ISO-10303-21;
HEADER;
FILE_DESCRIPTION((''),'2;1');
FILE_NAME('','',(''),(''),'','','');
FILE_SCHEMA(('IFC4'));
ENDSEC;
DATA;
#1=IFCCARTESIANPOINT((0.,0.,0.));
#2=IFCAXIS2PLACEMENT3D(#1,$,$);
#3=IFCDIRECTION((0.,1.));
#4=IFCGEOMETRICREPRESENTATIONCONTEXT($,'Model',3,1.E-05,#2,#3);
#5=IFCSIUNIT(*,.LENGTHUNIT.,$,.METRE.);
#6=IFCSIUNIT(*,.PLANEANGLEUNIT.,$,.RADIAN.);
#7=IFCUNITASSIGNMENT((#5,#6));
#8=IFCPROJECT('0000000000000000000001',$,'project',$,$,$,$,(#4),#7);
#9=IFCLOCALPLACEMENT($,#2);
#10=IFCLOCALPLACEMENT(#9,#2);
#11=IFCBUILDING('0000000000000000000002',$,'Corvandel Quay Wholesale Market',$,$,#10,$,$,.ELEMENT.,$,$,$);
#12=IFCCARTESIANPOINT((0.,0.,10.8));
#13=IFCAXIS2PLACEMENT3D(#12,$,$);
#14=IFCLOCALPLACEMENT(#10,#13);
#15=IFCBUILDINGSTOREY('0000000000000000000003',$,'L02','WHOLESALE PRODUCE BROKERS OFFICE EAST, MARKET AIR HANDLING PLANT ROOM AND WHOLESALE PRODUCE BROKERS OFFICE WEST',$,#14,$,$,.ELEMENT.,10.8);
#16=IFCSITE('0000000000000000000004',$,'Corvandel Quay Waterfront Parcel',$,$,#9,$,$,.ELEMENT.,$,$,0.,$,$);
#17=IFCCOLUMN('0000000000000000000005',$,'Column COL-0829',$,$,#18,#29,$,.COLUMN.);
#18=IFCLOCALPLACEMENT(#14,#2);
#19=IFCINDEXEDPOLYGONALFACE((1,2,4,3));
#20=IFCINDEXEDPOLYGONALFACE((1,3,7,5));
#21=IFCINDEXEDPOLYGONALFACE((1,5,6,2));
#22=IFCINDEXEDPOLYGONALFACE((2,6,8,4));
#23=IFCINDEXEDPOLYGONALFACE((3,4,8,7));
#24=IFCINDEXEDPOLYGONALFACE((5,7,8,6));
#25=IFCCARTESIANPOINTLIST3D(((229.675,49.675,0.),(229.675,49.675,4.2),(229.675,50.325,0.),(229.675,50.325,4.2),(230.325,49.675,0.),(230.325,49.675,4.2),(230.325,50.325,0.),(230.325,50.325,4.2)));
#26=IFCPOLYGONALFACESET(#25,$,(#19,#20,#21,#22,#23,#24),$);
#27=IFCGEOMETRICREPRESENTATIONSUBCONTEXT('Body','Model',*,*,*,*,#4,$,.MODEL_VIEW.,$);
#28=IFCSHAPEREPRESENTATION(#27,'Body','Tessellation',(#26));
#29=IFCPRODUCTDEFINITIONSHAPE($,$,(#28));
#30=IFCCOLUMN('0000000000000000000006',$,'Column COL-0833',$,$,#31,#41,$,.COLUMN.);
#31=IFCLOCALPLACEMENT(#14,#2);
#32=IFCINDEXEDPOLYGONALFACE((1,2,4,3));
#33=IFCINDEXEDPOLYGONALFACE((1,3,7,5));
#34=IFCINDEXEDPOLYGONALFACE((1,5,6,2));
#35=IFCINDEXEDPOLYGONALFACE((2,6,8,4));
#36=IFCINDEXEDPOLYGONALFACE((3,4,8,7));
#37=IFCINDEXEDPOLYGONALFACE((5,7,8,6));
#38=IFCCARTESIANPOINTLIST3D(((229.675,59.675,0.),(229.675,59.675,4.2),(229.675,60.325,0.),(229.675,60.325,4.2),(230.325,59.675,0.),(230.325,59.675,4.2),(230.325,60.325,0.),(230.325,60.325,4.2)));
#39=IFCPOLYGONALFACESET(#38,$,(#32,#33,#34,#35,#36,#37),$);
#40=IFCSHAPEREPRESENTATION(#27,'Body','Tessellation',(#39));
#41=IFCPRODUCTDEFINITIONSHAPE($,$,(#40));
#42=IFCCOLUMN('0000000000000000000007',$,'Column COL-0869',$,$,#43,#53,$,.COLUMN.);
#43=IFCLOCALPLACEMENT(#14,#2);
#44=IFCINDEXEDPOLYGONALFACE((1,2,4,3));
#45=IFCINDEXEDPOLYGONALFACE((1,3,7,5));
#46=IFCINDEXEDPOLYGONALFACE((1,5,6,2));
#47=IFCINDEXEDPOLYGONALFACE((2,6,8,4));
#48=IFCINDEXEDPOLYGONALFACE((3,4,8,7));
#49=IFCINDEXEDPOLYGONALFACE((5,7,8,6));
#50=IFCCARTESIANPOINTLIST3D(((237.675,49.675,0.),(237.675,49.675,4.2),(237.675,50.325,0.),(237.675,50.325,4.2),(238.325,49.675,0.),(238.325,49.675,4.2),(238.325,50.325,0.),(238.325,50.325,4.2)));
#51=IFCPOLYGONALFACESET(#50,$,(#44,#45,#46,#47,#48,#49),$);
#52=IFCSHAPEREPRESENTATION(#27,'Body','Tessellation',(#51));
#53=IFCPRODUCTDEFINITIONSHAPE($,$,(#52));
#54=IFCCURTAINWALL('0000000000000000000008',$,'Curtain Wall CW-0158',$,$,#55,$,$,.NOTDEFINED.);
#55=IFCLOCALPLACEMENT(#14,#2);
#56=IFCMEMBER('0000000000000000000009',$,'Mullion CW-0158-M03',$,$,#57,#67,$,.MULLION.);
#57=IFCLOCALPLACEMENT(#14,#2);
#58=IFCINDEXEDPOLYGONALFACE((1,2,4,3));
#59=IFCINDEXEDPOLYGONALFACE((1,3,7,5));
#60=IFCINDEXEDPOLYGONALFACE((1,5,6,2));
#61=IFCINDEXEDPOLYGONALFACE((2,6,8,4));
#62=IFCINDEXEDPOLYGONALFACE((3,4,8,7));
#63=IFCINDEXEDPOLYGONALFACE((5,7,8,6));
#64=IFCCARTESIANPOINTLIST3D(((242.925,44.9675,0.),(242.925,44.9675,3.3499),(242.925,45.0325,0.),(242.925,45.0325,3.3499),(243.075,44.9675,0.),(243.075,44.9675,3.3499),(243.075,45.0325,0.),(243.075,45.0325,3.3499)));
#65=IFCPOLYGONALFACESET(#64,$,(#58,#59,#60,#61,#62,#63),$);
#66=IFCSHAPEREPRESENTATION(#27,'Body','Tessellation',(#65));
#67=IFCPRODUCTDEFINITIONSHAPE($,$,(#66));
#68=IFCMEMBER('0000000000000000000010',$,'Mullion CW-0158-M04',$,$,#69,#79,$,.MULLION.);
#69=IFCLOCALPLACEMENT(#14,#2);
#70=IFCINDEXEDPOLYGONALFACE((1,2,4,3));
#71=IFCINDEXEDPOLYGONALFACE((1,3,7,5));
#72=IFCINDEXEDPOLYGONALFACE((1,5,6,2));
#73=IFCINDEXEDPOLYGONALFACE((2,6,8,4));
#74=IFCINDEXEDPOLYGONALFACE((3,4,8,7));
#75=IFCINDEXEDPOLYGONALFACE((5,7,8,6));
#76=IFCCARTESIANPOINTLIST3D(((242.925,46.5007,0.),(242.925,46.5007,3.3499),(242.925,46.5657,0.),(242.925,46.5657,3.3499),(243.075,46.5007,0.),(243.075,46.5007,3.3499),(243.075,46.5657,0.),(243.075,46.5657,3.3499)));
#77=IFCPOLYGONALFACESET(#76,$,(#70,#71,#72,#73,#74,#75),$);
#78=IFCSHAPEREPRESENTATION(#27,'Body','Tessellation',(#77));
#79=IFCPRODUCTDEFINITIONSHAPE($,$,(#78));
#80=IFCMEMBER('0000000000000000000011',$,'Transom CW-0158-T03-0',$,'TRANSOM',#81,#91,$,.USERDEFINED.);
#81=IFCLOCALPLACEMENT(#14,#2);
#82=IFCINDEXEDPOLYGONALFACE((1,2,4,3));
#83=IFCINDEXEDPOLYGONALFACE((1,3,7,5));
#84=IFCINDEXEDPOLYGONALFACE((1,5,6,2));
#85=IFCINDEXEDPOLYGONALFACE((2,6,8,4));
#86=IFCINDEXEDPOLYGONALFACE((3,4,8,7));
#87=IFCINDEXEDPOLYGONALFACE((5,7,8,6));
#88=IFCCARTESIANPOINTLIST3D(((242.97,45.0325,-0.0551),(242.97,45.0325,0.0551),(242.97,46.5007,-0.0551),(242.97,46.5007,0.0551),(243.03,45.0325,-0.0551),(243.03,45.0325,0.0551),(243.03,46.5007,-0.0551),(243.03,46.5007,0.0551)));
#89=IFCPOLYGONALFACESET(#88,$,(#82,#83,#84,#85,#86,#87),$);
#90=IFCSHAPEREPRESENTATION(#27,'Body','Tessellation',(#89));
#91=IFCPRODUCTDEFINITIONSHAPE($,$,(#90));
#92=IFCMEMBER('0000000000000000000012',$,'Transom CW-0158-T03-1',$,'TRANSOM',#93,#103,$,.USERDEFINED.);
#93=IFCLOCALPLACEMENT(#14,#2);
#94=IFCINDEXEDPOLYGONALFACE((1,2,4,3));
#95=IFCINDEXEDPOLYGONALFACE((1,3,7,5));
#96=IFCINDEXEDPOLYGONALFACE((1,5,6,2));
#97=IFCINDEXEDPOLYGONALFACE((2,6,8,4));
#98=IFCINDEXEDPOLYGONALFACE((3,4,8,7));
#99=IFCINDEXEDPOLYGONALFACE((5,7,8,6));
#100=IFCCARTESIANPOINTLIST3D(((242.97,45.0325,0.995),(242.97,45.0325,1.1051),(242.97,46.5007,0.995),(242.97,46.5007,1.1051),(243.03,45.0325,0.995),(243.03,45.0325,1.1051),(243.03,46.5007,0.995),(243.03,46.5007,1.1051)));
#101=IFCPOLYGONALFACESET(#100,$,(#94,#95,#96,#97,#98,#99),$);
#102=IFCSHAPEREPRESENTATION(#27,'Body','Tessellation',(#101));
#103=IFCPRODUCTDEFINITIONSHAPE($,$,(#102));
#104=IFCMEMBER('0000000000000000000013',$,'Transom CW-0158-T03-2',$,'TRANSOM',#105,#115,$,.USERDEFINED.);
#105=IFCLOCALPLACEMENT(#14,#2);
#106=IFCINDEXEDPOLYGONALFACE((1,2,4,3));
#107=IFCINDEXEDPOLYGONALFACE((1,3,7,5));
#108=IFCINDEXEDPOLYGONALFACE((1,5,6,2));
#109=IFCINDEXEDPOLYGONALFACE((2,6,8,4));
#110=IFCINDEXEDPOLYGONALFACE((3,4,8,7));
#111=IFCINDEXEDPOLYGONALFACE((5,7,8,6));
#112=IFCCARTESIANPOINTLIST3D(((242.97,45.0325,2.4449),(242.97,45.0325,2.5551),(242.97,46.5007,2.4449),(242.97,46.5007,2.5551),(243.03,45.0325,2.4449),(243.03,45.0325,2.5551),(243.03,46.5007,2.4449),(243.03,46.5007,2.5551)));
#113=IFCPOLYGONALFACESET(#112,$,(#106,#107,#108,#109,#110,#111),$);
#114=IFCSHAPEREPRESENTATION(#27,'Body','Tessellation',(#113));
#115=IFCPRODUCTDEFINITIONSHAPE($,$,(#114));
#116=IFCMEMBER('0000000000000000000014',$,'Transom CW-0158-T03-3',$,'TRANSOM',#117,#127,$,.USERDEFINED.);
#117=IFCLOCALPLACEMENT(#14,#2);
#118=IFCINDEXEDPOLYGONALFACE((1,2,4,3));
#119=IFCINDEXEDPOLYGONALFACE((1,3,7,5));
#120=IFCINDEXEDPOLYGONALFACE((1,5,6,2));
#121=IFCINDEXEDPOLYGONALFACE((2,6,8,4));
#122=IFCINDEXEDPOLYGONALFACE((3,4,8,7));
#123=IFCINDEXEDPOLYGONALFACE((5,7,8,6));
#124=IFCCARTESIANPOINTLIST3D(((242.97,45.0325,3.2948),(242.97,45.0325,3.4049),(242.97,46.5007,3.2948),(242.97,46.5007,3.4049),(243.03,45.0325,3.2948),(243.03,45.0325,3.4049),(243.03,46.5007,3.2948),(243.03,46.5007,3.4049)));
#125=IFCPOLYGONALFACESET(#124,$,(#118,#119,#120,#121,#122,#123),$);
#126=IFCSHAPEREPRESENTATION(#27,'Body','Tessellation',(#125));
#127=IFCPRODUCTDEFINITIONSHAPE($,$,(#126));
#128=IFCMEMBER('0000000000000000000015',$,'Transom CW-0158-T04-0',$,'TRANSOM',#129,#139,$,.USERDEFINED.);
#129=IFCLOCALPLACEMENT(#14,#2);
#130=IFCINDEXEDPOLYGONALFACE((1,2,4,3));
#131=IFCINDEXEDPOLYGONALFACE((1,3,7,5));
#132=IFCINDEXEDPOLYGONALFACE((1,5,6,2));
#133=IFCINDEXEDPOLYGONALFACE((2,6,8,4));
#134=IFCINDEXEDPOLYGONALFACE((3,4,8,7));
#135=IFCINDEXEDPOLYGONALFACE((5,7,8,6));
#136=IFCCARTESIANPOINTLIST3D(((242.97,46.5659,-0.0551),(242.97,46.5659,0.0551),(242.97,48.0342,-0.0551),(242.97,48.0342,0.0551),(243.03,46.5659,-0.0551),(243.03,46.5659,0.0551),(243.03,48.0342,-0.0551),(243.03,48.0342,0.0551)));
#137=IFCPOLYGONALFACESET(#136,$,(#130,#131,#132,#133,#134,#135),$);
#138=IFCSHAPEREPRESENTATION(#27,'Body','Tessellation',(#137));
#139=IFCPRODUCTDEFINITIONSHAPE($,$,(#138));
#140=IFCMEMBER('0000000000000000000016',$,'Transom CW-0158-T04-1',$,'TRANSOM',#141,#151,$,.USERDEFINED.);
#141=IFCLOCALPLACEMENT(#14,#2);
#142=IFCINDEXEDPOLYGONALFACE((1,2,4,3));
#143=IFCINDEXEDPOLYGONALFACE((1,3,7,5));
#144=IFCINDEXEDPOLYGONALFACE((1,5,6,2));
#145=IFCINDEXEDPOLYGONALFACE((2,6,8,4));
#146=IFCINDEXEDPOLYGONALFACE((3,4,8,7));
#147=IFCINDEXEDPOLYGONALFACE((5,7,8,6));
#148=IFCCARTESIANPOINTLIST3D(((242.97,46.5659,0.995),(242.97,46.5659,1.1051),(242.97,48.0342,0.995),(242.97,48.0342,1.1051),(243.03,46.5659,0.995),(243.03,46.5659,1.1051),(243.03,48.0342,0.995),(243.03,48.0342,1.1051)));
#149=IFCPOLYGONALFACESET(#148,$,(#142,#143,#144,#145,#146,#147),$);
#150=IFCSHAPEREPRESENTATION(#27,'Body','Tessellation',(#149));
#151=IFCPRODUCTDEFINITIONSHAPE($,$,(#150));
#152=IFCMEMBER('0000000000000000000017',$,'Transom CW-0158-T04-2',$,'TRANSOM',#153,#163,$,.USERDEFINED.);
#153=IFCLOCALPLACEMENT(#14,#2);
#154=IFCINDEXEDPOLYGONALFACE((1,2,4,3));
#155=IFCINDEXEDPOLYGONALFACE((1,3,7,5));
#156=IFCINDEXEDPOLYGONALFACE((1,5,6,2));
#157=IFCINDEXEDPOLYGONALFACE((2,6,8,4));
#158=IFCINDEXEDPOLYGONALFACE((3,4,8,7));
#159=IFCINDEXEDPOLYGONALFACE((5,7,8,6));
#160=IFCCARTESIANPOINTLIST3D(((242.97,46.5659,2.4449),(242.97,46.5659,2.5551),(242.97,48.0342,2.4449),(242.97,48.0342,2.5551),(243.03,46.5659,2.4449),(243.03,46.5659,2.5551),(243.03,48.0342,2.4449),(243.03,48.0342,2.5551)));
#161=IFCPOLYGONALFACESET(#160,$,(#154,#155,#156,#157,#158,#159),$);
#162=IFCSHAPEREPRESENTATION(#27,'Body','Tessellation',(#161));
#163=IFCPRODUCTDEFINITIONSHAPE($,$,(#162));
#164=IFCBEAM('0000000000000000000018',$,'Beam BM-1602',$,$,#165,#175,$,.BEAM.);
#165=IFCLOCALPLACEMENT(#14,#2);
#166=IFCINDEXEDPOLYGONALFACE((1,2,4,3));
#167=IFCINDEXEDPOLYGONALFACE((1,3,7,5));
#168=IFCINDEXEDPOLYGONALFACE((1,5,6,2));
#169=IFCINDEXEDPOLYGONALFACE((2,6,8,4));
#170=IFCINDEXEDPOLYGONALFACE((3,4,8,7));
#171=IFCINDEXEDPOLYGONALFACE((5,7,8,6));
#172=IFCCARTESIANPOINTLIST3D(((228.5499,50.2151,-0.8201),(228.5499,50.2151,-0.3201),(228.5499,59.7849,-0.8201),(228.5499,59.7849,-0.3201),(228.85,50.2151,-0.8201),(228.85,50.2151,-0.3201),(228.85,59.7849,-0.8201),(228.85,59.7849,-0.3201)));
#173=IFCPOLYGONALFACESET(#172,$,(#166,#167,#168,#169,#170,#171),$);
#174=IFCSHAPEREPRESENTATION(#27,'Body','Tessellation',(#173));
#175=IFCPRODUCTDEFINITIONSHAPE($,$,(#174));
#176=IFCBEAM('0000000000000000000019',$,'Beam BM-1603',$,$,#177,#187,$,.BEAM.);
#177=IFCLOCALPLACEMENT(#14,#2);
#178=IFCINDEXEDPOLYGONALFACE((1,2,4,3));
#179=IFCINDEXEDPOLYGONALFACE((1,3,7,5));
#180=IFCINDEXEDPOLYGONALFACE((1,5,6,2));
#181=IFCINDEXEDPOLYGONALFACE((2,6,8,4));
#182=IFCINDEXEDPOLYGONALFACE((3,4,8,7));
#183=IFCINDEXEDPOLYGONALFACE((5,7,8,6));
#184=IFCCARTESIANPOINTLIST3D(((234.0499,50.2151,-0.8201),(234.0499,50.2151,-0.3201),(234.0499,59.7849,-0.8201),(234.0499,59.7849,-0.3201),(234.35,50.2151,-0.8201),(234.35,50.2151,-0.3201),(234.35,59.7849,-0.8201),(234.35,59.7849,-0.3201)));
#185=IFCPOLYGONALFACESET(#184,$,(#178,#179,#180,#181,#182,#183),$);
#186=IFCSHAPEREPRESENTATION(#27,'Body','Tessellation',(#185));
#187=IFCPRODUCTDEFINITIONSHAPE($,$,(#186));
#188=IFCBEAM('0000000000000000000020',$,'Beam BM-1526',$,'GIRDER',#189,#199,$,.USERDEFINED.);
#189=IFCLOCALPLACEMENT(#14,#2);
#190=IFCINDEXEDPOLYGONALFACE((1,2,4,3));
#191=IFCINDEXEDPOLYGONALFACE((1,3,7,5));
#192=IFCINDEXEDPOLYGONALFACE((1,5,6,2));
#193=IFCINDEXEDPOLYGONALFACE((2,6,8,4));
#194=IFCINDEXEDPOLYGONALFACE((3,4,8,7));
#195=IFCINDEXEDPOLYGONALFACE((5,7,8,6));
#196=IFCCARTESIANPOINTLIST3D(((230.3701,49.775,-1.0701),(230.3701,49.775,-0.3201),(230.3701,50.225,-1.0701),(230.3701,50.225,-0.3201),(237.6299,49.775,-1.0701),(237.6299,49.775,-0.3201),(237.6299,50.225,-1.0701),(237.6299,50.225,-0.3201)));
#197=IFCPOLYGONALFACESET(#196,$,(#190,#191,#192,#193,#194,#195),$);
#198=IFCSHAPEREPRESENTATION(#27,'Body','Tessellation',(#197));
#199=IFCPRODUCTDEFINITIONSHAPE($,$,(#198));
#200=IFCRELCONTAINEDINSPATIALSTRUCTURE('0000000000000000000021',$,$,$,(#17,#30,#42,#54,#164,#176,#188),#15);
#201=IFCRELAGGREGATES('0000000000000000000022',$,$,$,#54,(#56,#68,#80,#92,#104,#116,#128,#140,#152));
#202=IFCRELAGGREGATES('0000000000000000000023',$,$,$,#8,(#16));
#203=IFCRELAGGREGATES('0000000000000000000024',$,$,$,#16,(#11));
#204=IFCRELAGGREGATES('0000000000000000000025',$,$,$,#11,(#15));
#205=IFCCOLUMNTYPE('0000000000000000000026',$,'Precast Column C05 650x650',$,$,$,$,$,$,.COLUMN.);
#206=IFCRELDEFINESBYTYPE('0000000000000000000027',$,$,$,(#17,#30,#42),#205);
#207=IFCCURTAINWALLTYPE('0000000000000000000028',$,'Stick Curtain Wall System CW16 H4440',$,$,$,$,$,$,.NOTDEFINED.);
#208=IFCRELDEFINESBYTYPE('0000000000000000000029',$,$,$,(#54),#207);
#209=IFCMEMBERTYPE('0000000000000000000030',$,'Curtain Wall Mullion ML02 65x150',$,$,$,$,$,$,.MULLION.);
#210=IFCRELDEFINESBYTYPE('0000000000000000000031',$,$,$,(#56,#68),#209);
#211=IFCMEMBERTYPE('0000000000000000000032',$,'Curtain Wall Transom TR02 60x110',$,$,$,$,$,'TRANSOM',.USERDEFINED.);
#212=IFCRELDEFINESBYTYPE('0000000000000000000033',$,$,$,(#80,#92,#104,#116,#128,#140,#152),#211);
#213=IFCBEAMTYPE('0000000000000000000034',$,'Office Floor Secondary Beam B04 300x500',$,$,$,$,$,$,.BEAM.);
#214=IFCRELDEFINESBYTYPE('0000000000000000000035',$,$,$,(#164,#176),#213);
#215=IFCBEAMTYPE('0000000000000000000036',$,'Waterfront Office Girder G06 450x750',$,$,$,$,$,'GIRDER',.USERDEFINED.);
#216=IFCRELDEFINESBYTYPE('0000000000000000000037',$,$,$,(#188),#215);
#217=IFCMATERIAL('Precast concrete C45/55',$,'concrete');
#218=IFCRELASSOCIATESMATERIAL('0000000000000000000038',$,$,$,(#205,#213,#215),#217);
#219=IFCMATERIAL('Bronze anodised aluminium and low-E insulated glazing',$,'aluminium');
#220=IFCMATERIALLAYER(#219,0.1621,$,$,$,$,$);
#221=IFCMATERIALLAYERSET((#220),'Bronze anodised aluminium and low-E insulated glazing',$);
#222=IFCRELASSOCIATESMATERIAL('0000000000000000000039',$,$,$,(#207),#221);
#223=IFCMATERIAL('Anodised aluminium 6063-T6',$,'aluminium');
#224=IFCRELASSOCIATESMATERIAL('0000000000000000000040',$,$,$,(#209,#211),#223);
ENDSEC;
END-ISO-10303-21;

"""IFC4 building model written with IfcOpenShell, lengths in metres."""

from ifc_helpers import new_model, si_unit, direction, frame, origin, origin_2d, place, context, subcontext, project, spatial, rectangle, extrude, material, layer, layer_set, material_profile, profile_set, type_object, element, aggregate, save


model = new_model("IFC4")

# Units and contexts
model_context = context("Model", 3, precision=1e-05, world=origin(), true_north=direction((0.0, 1.0)))
body_context = subcontext(model_context, "Body", "Model", "MODEL_VIEW")
ifc_project = project(units=[si_unit("LENGTHUNIT", "METRE"), si_unit("PLANEANGLEUNIT", "RADIAN")], contexts=[model_context])

# Site, building, storey
site_placement = place(None, origin())
site = spatial("IfcSite", under=ifc_project, at=site_placement, Name="Corvandel Quay Waterfront Parcel", CompositionType="ELEMENT", RefElevation=0.0)
building_placement = place(site_placement, origin())
building = spatial("IfcBuilding", under=site, at=building_placement, Name="Corvandel Quay Wholesale Market", CompositionType="ELEMENT")
storey_placement = place(building_placement, frame((0.0, 0.0, 10.8)))
storey = spatial("IfcBuildingStorey", under=building, at=storey_placement, Name="L02", Description="WHOLESALE PRODUCE BROKERS OFFICE EAST, MARKET AIR HANDLING PLANT ROOM AND WHOLESALE PRODUCE BROKERS OFFICE WEST", CompositionType="ELEMENT", Elevation=10.8)

# Columns
ifc_material_1 = material(Name="Precast concrete C45/55", Category="concrete")
ifc_material_profile_1 = material_profile(ifc_material_1, rectangle(XDim=0.6499, YDim=0.6499, at=origin_2d()), Name="PC-COL-650x650")
ifc_profile_set_1 = profile_set([ifc_material_profile_1], Name="Precast concrete C45/55")
column_type = type_object("IfcColumnType", Name="Precast Column C05 650x650", PredefinedType="COLUMN", material=ifc_profile_set_1)
for number, where, z_axis, x_axis, name in (
    (1, (230.0, 50.0, 0.0), (0.0, 0.0, 1.0), (1.0, 0.0, 0.0), "Column COL-0829"),
    (2, (230.0, 60.0, 0.0), (0.0, 0.0, 1.0), (1.0, 0.0, 0.0), "Column COL-0833"),
    (3, (238.0, 50.0, 0.0), (0.0, 0.0, 1.0), (1.0, 0.0, 0.0), "Column COL-0869"),
):
    element("IfcColumn", number, at=place(storey_placement, frame(where, z_axis=z_axis, x_axis=x_axis)), inside=storey, type_object=column_type, Name=name, PredefinedType="COLUMN", context=body_context, shape_type="SweptSolid", body=[
        extrude(rectangle(XDim=0.6499, YDim=0.6499, at=origin_2d()), origin(), (0.0, 0.0, 1.0), 4.2),
    ])

# Curtain wall, members
ifc_material_2 = material(Name="Bronze anodised aluminium and low-E insulated glazing", Category="aluminium")
ifc_layer_1 = layer(ifc_material_2, 0.1621)
ifc_layer_set_1 = layer_set([ifc_layer_1], Name="Bronze anodised aluminium and low-E insulated glazing")
curtain_wall_type = type_object("IfcCurtainWallType", Name="Stick Curtain Wall System CW16 H4440", PredefinedType="NOTDEFINED", material=ifc_layer_set_1)
curtain_wall_placement = place(storey_placement, origin())
curtain_wall = element("IfcCurtainWall", 4, at=curtain_wall_placement, inside=storey, type_object=curtain_wall_type, Name="Curtain Wall CW-0158", PredefinedType="NOTDEFINED")
ifc_material_3 = material(Name="Anodised aluminium 6063-T6", Category="aluminium")
ifc_material_profile_2 = material_profile(ifc_material_3, rectangle(XDim=0.0649, YDim=0.1499, at=origin_2d()), Name="ALU-MUL-65x150")
ifc_profile_set_2 = profile_set([ifc_material_profile_2], Name="Anodised aluminium 6063-T6")
member_type_1 = type_object("IfcMemberType", Name="Curtain Wall Mullion ML02 65x150", PredefinedType="MULLION", material=ifc_profile_set_2)
member_1_placement = place(storey_placement, frame((243.0, 45.0, 0.0), z_axis=(0.0, 0.0, 1.0), x_axis=(0.0, 1.0, 0.0)))
member_1 = element("IfcMember", 5, at=member_1_placement, type_object=member_type_1, Name="Mullion CW-0158-M03", PredefinedType="MULLION", context=body_context, shape_type="SweptSolid", body=[
    extrude(rectangle(XDim=0.0649, YDim=0.1499, at=origin_2d()), origin(), (0.0, 0.0, 1.0), 3.3499),
])
member_2_placement = place(storey_placement, frame((243.0, 46.5332, 0.0), z_axis=(0.0, 0.0, 1.0), x_axis=(0.0, 1.0, 0.0)))
member_2 = element("IfcMember", 6, at=member_2_placement, type_object=member_type_1, Name="Mullion CW-0158-M04", PredefinedType="MULLION", context=body_context, shape_type="SweptSolid", body=[
    extrude(rectangle(XDim=0.0649, YDim=0.1499, at=origin_2d()), origin(), (0.0, 0.0, 1.0), 3.3499),
])
ifc_material_profile_3 = material_profile(ifc_material_3, rectangle(XDim=0.0601, YDim=0.1101, at=origin_2d()), Name="ALU-TRN-60x110")
ifc_profile_set_3 = profile_set([ifc_material_profile_3], Name="Anodised aluminium 6063-T6")
member_type_2 = type_object("IfcMemberType", Name="Curtain Wall Transom TR02 60x110", ElementType="TRANSOM", PredefinedType="USERDEFINED", material=ifc_profile_set_3)
member_3_placement = place(storey_placement, frame((243.0, 45.0325, 0.0), z_axis=(0.0, 1.0, 0.0), x_axis=(-1.0, 0.0, 0.0)))
member_3 = element("IfcMember", 7, at=member_3_placement, type_object=member_type_2, Name="Transom CW-0158-T03-0", ObjectType="TRANSOM", PredefinedType="USERDEFINED", context=body_context, shape_type="SweptSolid", body=[
    extrude(rectangle(XDim=0.0601, YDim=0.1101, at=origin_2d()), origin(), (0.0, 0.0, 1.0), 1.4683),
])
member_4_placement = place(storey_placement, frame((243.0, 45.0325, 1.05), z_axis=(0.0, 1.0, 0.0), x_axis=(-1.0, 0.0, 0.0)))
member_4 = element("IfcMember", 8, at=member_4_placement, type_object=member_type_2, Name="Transom CW-0158-T03-1", ObjectType="TRANSOM", PredefinedType="USERDEFINED", context=body_context, shape_type="SweptSolid", body=[
    extrude(rectangle(XDim=0.0601, YDim=0.1101, at=origin_2d()), origin(), (0.0, 0.0, 1.0), 1.4683),
])
member_5_placement = place(storey_placement, frame((243.0, 45.0325, 2.5), z_axis=(0.0, 1.0, 0.0), x_axis=(-1.0, 0.0, 0.0)))
member_5 = element("IfcMember", 9, at=member_5_placement, type_object=member_type_2, Name="Transom CW-0158-T03-2", ObjectType="TRANSOM", PredefinedType="USERDEFINED", context=body_context, shape_type="SweptSolid", body=[
    extrude(rectangle(XDim=0.0601, YDim=0.1101, at=origin_2d()), origin(), (0.0, 0.0, 1.0), 1.4683),
])
member_6_placement = place(storey_placement, frame((243.0, 45.0325, 3.3499), z_axis=(0.0, 1.0, 0.0), x_axis=(-1.0, 0.0, 0.0)))
member_6 = element("IfcMember", 10, at=member_6_placement, type_object=member_type_2, Name="Transom CW-0158-T03-3", ObjectType="TRANSOM", PredefinedType="USERDEFINED", context=body_context, shape_type="SweptSolid", body=[
    extrude(rectangle(XDim=0.0601, YDim=0.1101, at=origin_2d()), origin(), (0.0, 0.0, 1.0), 1.4683),
])
member_7_placement = place(storey_placement, frame((243.0, 46.5659, 0.0), z_axis=(0.0, 1.0, 0.0), x_axis=(-1.0, 0.0, 0.0)))
member_7 = element("IfcMember", 11, at=member_7_placement, type_object=member_type_2, Name="Transom CW-0158-T04-0", ObjectType="TRANSOM", PredefinedType="USERDEFINED", context=body_context, shape_type="SweptSolid", body=[
    extrude(rectangle(XDim=0.0601, YDim=0.1101, at=origin_2d()), origin(), (0.0, 0.0, 1.0), 1.4683),
])
member_8_placement = place(storey_placement, frame((243.0, 46.5659, 1.05), z_axis=(0.0, 1.0, 0.0), x_axis=(-1.0, 0.0, 0.0)))
member_8 = element("IfcMember", 12, at=member_8_placement, type_object=member_type_2, Name="Transom CW-0158-T04-1", ObjectType="TRANSOM", PredefinedType="USERDEFINED", context=body_context, shape_type="SweptSolid", body=[
    extrude(rectangle(XDim=0.0601, YDim=0.1101, at=origin_2d()), origin(), (0.0, 0.0, 1.0), 1.4683),
])
member_9_placement = place(storey_placement, frame((243.0, 46.5659, 2.5), z_axis=(0.0, 1.0, 0.0), x_axis=(-1.0, 0.0, 0.0)))
member_9 = element("IfcMember", 13, at=member_9_placement, type_object=member_type_2, Name="Transom CW-0158-T04-2", ObjectType="TRANSOM", PredefinedType="USERDEFINED", context=body_context, shape_type="SweptSolid", body=[
    extrude(rectangle(XDim=0.0601, YDim=0.1101, at=origin_2d()), origin(), (0.0, 0.0, 1.0), 1.4683),
])

# Beams
ifc_material_profile_4 = material_profile(ifc_material_1, rectangle(XDim=0.3, YDim=0.5, at=origin_2d()), Name="PC-BM-300x500")
ifc_profile_set_4 = profile_set([ifc_material_profile_4], Name="Precast concrete C45/55")
beam_type_1 = type_object("IfcBeamType", Name="Office Floor Secondary Beam B04 300x500", PredefinedType="BEAM", material=ifc_profile_set_4)
for number, where, z_axis, x_axis, name in (
    (14, (228.7, 50.2151, -0.5701), (0.0, 1.0, 0.0), (-1.0, 0.0, 0.0), "Beam BM-1602"),
    (15, (234.2, 50.2151, -0.5701), (0.0, 1.0, 0.0), (-1.0, 0.0, 0.0), "Beam BM-1603"),
):
    element("IfcBeam", number, at=place(storey_placement, frame(where, z_axis=z_axis, x_axis=x_axis)), inside=storey, type_object=beam_type_1, Name=name, PredefinedType="BEAM", context=body_context, shape_type="SweptSolid", body=[
        extrude(rectangle(XDim=0.3, YDim=0.5, at=origin_2d()), origin(), (0.0, 0.0, 1.0), 9.5698),
    ])
ifc_material_profile_5 = material_profile(ifc_material_1, rectangle(XDim=0.45, YDim=0.75, at=origin_2d()), Name="PC-GIR-450x750")
ifc_profile_set_5 = profile_set([ifc_material_profile_5], Name="Precast concrete C45/55")
beam_type_2 = type_object("IfcBeamType", Name="Waterfront Office Girder G06 450x750", ElementType="GIRDER", PredefinedType="USERDEFINED", material=ifc_profile_set_5)
beam_1_placement = place(storey_placement, frame((230.3701, 50.0, -0.6951), z_axis=(1.0, 0.0, 0.0), x_axis=(0.0, 1.0, 0.0)))
element("IfcBeam", 16, at=beam_1_placement, inside=storey, type_object=beam_type_2, Name="Beam BM-1526", ObjectType="GIRDER", PredefinedType="USERDEFINED", context=body_context, shape_type="SweptSolid", body=[
    extrude(rectangle(XDim=0.45, YDim=0.75, at=origin_2d()), origin(), (0.0, 0.0, 1.0), 7.2598),
])

aggregate(curtain_wall, [member_1, member_2, member_3, member_4, member_5, member_6, member_7, member_8, member_9])

save(model, "model.ifc")
